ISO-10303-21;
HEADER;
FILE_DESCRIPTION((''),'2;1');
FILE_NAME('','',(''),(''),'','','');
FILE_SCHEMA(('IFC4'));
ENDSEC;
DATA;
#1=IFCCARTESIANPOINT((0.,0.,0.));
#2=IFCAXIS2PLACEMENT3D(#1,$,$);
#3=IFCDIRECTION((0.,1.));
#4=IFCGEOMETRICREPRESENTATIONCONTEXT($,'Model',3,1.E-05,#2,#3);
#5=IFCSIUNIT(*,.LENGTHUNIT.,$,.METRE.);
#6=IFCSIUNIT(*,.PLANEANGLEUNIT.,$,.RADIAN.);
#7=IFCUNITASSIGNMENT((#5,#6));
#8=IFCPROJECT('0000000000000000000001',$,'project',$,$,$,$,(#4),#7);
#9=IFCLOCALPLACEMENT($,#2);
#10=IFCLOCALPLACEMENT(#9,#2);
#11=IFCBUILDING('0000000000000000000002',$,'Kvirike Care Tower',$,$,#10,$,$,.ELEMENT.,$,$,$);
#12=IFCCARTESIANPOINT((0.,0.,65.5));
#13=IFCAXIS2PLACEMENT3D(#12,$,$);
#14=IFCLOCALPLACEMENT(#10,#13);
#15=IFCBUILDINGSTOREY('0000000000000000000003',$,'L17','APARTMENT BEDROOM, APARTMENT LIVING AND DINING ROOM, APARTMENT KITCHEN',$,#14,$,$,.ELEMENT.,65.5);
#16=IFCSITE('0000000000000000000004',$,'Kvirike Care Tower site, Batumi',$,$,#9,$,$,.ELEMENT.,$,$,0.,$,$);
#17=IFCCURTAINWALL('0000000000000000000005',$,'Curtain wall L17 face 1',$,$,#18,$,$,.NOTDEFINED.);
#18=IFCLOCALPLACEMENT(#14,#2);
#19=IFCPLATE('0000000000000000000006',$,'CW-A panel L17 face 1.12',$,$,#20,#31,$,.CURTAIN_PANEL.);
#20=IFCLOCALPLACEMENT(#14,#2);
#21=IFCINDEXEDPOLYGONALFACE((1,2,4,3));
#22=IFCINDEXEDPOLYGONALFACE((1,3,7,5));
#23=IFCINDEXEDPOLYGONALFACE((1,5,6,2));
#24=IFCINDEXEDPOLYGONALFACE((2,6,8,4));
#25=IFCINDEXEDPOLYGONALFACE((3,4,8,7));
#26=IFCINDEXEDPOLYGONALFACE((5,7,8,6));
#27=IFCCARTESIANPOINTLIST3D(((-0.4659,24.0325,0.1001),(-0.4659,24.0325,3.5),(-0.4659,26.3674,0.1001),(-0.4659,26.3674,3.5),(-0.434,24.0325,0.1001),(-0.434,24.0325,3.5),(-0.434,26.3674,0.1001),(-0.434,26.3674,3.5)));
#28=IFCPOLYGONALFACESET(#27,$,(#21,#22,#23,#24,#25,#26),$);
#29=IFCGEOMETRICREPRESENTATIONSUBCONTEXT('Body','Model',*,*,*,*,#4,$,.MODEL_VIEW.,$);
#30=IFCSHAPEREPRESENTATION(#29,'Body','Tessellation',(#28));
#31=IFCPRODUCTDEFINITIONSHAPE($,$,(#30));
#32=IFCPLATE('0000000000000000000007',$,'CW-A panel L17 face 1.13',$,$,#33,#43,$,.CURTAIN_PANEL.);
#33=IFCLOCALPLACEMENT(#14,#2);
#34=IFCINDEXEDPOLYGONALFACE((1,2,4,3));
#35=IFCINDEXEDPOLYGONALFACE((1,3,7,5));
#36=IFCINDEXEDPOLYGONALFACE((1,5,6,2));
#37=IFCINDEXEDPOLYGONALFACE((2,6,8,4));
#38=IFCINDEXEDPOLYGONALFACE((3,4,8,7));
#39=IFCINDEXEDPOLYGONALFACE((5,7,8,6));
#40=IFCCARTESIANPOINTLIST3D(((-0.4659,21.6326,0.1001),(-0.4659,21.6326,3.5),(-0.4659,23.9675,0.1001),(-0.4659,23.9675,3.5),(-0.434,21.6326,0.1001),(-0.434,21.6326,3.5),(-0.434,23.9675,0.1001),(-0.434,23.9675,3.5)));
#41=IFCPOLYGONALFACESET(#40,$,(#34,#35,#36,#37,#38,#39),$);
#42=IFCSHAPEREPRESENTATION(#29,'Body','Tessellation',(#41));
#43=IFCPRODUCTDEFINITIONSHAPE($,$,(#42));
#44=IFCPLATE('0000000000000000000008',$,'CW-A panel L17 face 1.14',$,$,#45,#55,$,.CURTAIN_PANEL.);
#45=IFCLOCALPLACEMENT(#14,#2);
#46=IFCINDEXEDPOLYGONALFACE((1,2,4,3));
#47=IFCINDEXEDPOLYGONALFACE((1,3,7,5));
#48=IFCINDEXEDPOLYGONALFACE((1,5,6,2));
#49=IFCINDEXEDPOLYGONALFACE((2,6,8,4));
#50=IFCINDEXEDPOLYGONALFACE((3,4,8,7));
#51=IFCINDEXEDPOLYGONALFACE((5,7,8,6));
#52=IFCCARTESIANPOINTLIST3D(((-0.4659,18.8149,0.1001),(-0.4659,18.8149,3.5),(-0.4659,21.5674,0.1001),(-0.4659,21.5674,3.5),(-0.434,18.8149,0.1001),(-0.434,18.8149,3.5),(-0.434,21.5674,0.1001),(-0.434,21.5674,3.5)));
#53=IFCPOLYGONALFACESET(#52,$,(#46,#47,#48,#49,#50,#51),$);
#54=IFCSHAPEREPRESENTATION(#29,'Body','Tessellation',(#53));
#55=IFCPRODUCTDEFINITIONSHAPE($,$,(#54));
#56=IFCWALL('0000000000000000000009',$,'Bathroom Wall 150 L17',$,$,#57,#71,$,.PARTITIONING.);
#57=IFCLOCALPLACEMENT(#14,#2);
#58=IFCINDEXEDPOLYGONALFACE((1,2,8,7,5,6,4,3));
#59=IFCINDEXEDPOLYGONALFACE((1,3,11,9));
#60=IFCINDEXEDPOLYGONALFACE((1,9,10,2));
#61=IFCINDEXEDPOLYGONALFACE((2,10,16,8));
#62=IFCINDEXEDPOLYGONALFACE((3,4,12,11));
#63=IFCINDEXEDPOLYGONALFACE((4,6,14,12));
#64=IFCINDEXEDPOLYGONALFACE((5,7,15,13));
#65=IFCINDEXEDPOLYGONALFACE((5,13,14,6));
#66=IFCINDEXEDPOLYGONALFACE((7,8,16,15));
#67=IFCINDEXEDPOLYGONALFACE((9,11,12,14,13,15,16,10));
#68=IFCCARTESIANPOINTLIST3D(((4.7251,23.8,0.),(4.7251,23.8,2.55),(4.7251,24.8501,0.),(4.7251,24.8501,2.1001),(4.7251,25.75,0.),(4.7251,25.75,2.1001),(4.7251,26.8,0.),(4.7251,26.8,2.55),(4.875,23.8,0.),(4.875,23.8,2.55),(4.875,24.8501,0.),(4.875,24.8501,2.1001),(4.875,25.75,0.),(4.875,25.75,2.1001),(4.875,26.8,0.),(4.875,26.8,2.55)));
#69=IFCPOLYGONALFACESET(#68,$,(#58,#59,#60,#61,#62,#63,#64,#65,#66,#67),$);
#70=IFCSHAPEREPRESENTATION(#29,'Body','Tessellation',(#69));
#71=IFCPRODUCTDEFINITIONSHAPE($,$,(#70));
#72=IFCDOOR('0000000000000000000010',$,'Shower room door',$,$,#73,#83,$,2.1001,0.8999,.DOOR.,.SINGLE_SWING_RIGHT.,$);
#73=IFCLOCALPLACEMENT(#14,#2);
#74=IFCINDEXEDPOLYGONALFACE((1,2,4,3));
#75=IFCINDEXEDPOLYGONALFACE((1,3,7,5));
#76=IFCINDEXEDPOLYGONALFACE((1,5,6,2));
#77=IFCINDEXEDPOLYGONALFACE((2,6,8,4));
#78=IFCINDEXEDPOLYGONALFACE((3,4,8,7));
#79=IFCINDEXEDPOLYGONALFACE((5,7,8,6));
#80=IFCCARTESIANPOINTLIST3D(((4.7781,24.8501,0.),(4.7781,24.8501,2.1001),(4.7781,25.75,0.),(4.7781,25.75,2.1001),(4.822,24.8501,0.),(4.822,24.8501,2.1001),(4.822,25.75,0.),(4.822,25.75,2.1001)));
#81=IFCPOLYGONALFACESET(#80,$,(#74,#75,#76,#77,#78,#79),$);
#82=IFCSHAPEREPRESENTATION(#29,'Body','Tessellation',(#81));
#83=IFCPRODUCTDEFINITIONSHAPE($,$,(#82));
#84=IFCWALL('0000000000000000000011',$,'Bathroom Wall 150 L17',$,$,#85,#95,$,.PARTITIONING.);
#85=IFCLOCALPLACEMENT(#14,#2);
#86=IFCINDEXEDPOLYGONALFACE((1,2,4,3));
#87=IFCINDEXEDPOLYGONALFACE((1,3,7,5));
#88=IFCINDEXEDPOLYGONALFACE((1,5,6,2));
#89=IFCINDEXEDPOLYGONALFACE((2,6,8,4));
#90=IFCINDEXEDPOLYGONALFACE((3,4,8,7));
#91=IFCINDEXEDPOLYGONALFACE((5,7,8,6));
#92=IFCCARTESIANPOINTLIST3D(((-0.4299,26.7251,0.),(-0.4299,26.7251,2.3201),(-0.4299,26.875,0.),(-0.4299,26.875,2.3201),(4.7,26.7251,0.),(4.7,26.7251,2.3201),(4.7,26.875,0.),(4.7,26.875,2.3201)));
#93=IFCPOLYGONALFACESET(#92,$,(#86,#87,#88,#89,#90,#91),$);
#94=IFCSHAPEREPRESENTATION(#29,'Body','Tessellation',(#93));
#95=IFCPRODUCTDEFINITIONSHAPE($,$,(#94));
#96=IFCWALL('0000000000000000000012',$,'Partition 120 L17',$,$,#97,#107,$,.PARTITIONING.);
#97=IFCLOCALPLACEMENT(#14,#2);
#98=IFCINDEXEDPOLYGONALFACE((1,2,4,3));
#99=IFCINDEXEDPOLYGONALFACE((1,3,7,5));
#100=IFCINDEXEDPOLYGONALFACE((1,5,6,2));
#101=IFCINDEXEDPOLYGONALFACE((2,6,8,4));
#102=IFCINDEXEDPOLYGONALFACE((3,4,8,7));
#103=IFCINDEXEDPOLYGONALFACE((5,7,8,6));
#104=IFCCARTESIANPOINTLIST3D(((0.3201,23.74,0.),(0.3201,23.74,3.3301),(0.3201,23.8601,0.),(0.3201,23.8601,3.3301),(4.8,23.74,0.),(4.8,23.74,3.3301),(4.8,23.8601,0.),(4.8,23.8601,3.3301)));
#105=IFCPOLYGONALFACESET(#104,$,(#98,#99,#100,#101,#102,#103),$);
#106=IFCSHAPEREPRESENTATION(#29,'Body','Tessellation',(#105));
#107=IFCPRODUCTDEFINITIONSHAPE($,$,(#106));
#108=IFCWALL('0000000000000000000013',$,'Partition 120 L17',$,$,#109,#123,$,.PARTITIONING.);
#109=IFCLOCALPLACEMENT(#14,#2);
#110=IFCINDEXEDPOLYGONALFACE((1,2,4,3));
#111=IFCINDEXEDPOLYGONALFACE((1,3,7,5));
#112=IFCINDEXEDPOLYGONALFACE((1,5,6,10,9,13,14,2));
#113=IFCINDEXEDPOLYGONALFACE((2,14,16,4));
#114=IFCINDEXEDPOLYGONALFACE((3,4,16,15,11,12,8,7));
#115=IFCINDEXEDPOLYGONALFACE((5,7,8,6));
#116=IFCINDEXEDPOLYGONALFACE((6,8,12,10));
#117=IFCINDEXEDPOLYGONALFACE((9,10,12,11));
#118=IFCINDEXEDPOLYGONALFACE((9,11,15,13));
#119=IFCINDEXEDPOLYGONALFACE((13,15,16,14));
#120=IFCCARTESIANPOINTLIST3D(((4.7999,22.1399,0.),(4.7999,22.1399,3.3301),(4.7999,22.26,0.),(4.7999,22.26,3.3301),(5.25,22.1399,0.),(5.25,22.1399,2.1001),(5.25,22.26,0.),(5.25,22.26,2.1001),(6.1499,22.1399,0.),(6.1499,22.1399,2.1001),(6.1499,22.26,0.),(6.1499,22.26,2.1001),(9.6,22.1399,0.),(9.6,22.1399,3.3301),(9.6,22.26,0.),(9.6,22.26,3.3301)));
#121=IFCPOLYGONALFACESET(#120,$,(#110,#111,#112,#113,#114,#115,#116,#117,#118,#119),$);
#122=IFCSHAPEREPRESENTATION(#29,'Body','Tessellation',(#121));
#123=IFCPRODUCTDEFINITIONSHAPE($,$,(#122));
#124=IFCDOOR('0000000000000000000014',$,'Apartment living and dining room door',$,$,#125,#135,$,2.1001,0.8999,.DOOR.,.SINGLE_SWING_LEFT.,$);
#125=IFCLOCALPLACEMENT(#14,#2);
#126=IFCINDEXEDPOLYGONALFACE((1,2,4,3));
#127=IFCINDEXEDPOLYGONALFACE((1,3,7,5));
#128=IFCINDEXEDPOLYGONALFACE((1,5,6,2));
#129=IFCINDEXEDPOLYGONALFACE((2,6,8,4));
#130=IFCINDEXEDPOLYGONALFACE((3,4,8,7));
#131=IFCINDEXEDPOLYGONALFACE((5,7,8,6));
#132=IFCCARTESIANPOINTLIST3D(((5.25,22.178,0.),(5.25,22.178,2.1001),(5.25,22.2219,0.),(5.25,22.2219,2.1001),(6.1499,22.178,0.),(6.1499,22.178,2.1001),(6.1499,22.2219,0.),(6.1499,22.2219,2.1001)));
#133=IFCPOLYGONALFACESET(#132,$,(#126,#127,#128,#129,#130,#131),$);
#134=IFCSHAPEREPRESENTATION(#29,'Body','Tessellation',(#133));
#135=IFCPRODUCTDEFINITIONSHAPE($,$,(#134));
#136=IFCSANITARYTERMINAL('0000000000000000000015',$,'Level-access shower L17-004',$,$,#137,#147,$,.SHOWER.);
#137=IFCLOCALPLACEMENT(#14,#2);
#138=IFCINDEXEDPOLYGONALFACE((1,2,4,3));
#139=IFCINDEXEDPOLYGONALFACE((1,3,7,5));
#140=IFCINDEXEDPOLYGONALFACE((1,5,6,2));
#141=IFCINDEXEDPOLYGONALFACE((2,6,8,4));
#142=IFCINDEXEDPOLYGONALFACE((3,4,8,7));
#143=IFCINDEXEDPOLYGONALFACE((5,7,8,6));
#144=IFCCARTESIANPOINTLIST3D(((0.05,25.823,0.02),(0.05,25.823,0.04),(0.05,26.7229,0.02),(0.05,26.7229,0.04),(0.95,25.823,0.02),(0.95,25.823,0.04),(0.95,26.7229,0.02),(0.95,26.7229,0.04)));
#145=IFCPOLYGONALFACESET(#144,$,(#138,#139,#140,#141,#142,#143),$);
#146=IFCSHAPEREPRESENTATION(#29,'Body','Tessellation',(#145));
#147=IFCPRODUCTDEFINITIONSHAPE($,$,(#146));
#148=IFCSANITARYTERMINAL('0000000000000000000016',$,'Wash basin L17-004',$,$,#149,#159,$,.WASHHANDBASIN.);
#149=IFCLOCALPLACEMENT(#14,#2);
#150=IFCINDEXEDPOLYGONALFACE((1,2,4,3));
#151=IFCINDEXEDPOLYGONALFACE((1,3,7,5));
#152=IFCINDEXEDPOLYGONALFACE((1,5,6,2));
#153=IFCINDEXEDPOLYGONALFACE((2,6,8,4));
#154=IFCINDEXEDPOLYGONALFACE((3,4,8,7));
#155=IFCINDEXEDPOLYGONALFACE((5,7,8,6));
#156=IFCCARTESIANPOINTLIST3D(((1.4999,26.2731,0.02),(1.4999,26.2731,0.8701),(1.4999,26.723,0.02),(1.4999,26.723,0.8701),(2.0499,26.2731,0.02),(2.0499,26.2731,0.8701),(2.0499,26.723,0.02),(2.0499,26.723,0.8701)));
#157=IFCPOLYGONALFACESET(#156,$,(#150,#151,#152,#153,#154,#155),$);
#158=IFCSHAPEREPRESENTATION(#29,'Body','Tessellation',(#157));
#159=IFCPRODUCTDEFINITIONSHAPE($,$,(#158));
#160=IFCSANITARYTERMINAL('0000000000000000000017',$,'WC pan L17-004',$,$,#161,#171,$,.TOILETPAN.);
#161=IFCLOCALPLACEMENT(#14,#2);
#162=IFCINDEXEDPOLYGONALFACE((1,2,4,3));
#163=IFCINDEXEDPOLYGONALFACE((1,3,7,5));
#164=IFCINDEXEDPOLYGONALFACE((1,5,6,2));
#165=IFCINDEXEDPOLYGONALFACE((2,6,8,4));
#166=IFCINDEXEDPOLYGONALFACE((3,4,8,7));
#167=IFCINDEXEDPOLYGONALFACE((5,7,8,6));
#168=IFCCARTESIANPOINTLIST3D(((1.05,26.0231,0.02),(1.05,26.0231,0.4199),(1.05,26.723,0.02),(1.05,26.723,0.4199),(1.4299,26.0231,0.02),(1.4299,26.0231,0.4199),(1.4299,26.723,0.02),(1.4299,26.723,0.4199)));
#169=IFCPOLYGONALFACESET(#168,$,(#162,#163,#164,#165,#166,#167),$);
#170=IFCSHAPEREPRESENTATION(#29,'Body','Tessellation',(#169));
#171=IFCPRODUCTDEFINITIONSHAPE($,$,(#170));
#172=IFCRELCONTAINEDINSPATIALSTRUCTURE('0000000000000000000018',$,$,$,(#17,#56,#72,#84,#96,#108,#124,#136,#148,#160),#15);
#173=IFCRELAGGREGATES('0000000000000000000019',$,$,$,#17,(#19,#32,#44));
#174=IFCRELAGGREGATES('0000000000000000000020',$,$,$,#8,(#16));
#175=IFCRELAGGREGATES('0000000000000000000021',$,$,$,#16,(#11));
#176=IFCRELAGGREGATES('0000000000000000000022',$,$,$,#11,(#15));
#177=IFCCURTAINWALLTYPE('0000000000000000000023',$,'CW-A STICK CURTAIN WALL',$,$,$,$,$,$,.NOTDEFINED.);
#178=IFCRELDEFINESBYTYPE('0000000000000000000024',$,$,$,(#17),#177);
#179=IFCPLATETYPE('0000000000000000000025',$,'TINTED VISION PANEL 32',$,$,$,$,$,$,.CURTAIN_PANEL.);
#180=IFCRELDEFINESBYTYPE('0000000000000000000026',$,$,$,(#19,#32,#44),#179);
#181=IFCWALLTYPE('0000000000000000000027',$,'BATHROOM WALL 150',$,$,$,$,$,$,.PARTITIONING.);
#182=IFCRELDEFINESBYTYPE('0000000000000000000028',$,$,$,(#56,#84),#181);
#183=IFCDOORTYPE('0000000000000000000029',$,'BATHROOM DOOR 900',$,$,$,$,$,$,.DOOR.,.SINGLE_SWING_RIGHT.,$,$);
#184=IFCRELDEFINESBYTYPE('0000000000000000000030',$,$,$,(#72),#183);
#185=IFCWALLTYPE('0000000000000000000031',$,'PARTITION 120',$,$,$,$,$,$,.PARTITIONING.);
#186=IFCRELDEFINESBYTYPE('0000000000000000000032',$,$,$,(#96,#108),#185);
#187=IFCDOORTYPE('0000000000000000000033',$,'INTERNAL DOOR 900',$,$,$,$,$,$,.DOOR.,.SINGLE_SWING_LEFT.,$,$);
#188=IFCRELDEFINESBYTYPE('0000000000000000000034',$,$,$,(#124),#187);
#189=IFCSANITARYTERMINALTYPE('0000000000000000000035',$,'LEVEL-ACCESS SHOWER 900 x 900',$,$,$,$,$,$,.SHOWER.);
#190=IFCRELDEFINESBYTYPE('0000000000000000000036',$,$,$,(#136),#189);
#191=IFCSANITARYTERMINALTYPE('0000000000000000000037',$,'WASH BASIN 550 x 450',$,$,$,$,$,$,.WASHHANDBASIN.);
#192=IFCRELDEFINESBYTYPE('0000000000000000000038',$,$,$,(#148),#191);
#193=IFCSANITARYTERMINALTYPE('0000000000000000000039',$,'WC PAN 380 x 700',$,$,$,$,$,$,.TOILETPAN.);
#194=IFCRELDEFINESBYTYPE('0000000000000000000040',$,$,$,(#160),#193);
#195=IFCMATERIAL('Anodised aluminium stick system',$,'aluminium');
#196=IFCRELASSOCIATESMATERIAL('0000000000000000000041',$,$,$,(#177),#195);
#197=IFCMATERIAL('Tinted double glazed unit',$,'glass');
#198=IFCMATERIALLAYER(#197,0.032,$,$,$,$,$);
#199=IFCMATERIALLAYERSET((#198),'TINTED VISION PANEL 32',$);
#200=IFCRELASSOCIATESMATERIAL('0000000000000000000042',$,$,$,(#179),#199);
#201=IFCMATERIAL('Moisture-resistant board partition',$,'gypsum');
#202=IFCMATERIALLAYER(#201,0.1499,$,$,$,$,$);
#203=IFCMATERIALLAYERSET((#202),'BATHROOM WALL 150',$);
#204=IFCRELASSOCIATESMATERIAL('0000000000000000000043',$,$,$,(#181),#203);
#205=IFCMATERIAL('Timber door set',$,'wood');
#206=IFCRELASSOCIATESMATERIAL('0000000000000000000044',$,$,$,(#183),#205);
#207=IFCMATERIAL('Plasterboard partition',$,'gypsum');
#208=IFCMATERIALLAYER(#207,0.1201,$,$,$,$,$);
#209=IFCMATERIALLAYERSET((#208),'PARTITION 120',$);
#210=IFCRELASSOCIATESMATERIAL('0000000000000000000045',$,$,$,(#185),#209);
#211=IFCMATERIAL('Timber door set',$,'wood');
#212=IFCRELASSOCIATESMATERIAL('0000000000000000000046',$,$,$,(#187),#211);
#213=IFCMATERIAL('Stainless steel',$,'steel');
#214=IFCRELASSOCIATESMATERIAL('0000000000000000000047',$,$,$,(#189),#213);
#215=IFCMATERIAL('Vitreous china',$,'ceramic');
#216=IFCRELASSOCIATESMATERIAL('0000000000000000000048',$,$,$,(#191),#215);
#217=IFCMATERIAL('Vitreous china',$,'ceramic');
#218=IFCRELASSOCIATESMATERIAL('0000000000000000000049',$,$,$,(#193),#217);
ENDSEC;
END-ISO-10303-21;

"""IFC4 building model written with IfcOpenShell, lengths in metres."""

from ifc_helpers import new_model, si_unit, direction, frame, frame_2d, origin, origin_2d, place, context, subcontext, project, spatial, rectangle, extrude, material, layer, layer_set, type_object, element, fill, aggregate, save


model = new_model("IFC4")

# Units and contexts
model_context = context("Model", 3, precision=1e-05, world=origin(), true_north=direction((0.0, 1.0)))
body_context = subcontext(model_context, "Body", "Model", "MODEL_VIEW")
ifc_project = project(units=[si_unit("LENGTHUNIT", "METRE"), si_unit("PLANEANGLEUNIT", "RADIAN")], contexts=[model_context])

# Site, building, storey
site_placement = place(None, origin())
site = spatial("IfcSite", under=ifc_project, at=site_placement, Name="Kvirike Care Tower site, Batumi", CompositionType="ELEMENT", RefElevation=0.0)
building_placement = place(site_placement, origin())
building = spatial("IfcBuilding", under=site, at=building_placement, Name="Kvirike Care Tower", CompositionType="ELEMENT")
storey_placement = place(building_placement, frame((0.0, 0.0, 65.5)))
storey = spatial("IfcBuildingStorey", under=building, at=storey_placement, Name="L17", Description="APARTMENT BEDROOM, APARTMENT LIVING AND DINING ROOM, APARTMENT KITCHEN", CompositionType="ELEMENT", Elevation=65.5)

# Curtain wall
ifc_material_1 = material(Name="Anodised aluminium stick system", Category="aluminium")
curtain_wall_type = type_object("IfcCurtainWallType", Name="CW-A STICK CURTAIN WALL", PredefinedType="NOTDEFINED", material=ifc_material_1)
curtain_wall_placement = place(storey_placement, origin())
curtain_wall = element("IfcCurtainWall", 1, at=curtain_wall_placement, inside=storey, type_object=curtain_wall_type, Name="Curtain wall L17 face 1", PredefinedType="NOTDEFINED")

# Plates
ifc_material_2 = material(Name="Tinted double glazed unit", Category="glass")
ifc_layer_1 = layer(ifc_material_2, 0.032)
ifc_layer_set_1 = layer_set([ifc_layer_1], Name="TINTED VISION PANEL 32")
plate_type = type_object("IfcPlateType", Name="TINTED VISION PANEL 32", PredefinedType="CURTAIN_PANEL", material=ifc_layer_set_1)
plate_1_placement = place(storey_placement, frame((-0.45, 25.2, 0.1001), z_axis=(0.0, 0.0, 1.0), x_axis=(0.0, -1.0, 0.0)))
plate_1 = element("IfcPlate", 2, at=plate_1_placement, type_object=plate_type, Name="CW-A panel L17 face 1.12", PredefinedType="CURTAIN_PANEL", context=body_context, shape_type="SweptSolid", body=[
    extrude(rectangle(XDim=2.335, YDim=0.032, at=origin_2d()), origin(), (0.0, 0.0, 1.0), 3.3999),
])
plate_2_placement = place(storey_placement, frame((-0.45, 22.8, 0.1001), z_axis=(0.0, 0.0, 1.0), x_axis=(0.0, -1.0, 0.0)))
plate_2 = element("IfcPlate", 3, at=plate_2_placement, type_object=plate_type, Name="CW-A panel L17 face 1.13", PredefinedType="CURTAIN_PANEL", context=body_context, shape_type="SweptSolid", body=[
    extrude(rectangle(XDim=2.335, YDim=0.032, at=origin_2d()), origin(), (0.0, 0.0, 1.0), 3.3999),
])
plate_3_placement = place(storey_placement, frame((-0.45, 20.1912, 0.1001), z_axis=(0.0, 0.0, 1.0), x_axis=(0.0, -1.0, 0.0)))
plate_3 = element("IfcPlate", 4, at=plate_3_placement, type_object=plate_type, Name="CW-A panel L17 face 1.14", PredefinedType="CURTAIN_PANEL", context=body_context, shape_type="SweptSolid", body=[
    extrude(rectangle(XDim=2.7524, YDim=0.032, at=origin_2d()), origin(), (0.0, 0.0, 1.0), 3.3999),
])
aggregate(curtain_wall, [plate_1, plate_2, plate_3])

# Wall, opening, door
ifc_material_3 = material(Name="Moisture-resistant board partition", Category="gypsum")
ifc_layer_2 = layer(ifc_material_3, 0.1499)
ifc_layer_set_2 = layer_set([ifc_layer_2], Name="BATHROOM WALL 150")
wall_type_1 = type_object("IfcWallType", Name="BATHROOM WALL 150", PredefinedType="PARTITIONING", material=ifc_layer_set_2)
wall_1_placement = place(storey_placement, frame((4.8, 23.8, 0.0), z_axis=(0.0, 0.0, 1.0), x_axis=(0.0, 1.0, 0.0)))
wall_1 = element("IfcWall", 5, at=wall_1_placement, inside=storey, type_object=wall_type_1, Name="Bathroom Wall 150 L17", PredefinedType="PARTITIONING", context=body_context, shape_type="SweptSolid", body=[
    extrude(rectangle(XDim=3.0, YDim=0.1499, at=frame_2d((1.5, 0.0))), origin(), (0.0, 0.0, 1.0), 2.55),
])
opening_1_placement = place(wall_1_placement, frame((1.05, 0.0, 0.0)))
opening_1 = element("IfcOpeningElement", 6, at=opening_1_placement, cuts=wall_1, PredefinedType="OPENING", context=body_context, shape_type="SweptSolid", body=[
    extrude(rectangle(XDim=0.8999, YDim=2.1001, at=frame_2d((0.45, 1.05))), frame((0.0, 0.0854, 0.0), z_axis=(0.0, -1.0, 0.0), x_axis=(1.0, 0.0, 0.0)), (0.0, 0.0, 1.0), 0.1709),
])
ifc_material_4 = material(Name="Timber door set", Category="wood")
door_type_1 = type_object("IfcDoorType", Name="BATHROOM DOOR 900", OperationType="SINGLE_SWING_RIGHT", PredefinedType="DOOR", material=ifc_material_4)
door_1_placement = place(opening_1_placement, origin())
door_1 = element("IfcDoor", 7, at=door_1_placement, inside=storey, type_object=door_type_1, Name="Shower room door", OperationType="SINGLE_SWING_RIGHT", OverallHeight=2.1001, OverallWidth=0.8999, PredefinedType="DOOR", context=body_context, shape_type="SweptSolid", body=[
    extrude(rectangle(XDim=0.8999, YDim=2.1001, at=frame_2d((0.45, 1.05))), frame((0.0, 0.022, 0.0), z_axis=(0.0, -1.0, 0.0), x_axis=(1.0, 0.0, 0.0)), (0.0, 0.0, 1.0), 0.0439),
])
fill(opening_1, door_1)

# Walls
wall_2_placement = place(storey_placement, frame((-0.4299, 26.8, 0.0), z_axis=(0.0, 0.0, 1.0), x_axis=(1.0, 0.0, 0.0)))
element("IfcWall", 8, at=wall_2_placement, inside=storey, type_object=wall_type_1, Name="Bathroom Wall 150 L17", PredefinedType="PARTITIONING", context=body_context, shape_type="SweptSolid", body=[
    extrude(rectangle(XDim=5.1299, YDim=0.1499, at=frame_2d((2.5649, 0.0))), origin(), (0.0, 0.0, 1.0), 2.3201),
])
ifc_material_5 = material(Name="Plasterboard partition", Category="gypsum")
ifc_layer_3 = layer(ifc_material_5, 0.1201)
ifc_layer_set_3 = layer_set([ifc_layer_3], Name="PARTITION 120")
wall_type_2 = type_object("IfcWallType", Name="PARTITION 120", PredefinedType="PARTITIONING", material=ifc_layer_set_3)
wall_3_placement = place(storey_placement, frame((0.3201, 23.8, 0.0), z_axis=(0.0, 0.0, 1.0), x_axis=(1.0, 0.0, 0.0)))
element("IfcWall", 9, at=wall_3_placement, inside=storey, type_object=wall_type_2, Name="Partition 120 L17", PredefinedType="PARTITIONING", context=body_context, shape_type="SweptSolid", body=[
    extrude(rectangle(XDim=4.48, YDim=0.1201, at=frame_2d((2.24, 0.0))), origin(), (0.0, 0.0, 1.0), 3.3301),
])

# Wall, opening, door
wall_4_placement = place(storey_placement, frame((4.8, 22.2, 0.0), z_axis=(0.0, 0.0, 1.0), x_axis=(1.0, 0.0, 0.0)))
wall_4 = element("IfcWall", 10, at=wall_4_placement, inside=storey, type_object=wall_type_2, Name="Partition 120 L17", PredefinedType="PARTITIONING", context=body_context, shape_type="SweptSolid", body=[
    extrude(rectangle(XDim=4.8, YDim=0.1201, at=frame_2d((2.3999, 0.0))), origin(), (0.0, 0.0, 1.0), 3.3301),
])
opening_2_placement = place(wall_4_placement, frame((0.45, 0.0, 0.0)))
opening_2 = element("IfcOpeningElement", 11, at=opening_2_placement, cuts=wall_4, PredefinedType="OPENING", context=body_context, shape_type="SweptSolid", body=[
    extrude(rectangle(XDim=0.8999, YDim=2.1001, at=frame_2d((0.45, 1.05))), frame((0.0, 0.0706, 0.0), z_axis=(0.0, -1.0, 0.0), x_axis=(1.0, 0.0, 0.0)), (0.0, 0.0, 1.0), 0.1411),
])
ifc_material_6 = material(Name="Timber door set", Category="wood")
door_type_2 = type_object("IfcDoorType", Name="INTERNAL DOOR 900", OperationType="SINGLE_SWING_LEFT", PredefinedType="DOOR", material=ifc_material_6)
door_2_placement = place(opening_2_placement, origin())
door_2 = element("IfcDoor", 12, at=door_2_placement, inside=storey, type_object=door_type_2, Name="Apartment living and dining room door", OperationType="SINGLE_SWING_LEFT", OverallHeight=2.1001, OverallWidth=0.8999, PredefinedType="DOOR", context=body_context, shape_type="SweptSolid", body=[
    extrude(rectangle(XDim=0.8999, YDim=2.1001, at=frame_2d((0.45, 1.05))), frame((0.0, 0.022, 0.0), z_axis=(0.0, -1.0, 0.0), x_axis=(1.0, 0.0, 0.0)), (0.0, 0.0, 1.0), 0.0439),
])
fill(opening_2, door_2)

# Sanitary terminals
ifc_material_7 = material(Name="Stainless steel", Category="steel")
sanitary_terminal_type_1 = type_object("IfcSanitaryTerminalType", Name="LEVEL-ACCESS SHOWER 900 x 900", PredefinedType="SHOWER", material=ifc_material_7)
sanitary_terminal_1_placement = place(storey_placement, frame((0.5, 26.2729, 0.02), z_axis=(0.0, 0.0, 1.0), x_axis=(1.0, 0.0, 0.0)))
element("IfcSanitaryTerminal", 13, at=sanitary_terminal_1_placement, inside=storey, type_object=sanitary_terminal_type_1, Name="Level-access shower L17-004", PredefinedType="SHOWER", context=body_context, shape_type="SweptSolid", body=[
    extrude(rectangle(XDim=0.8999, YDim=0.8999, at=origin_2d()), origin(), (0.0, 0.0, 1.0), 0.02),
])
ifc_material_8 = material(Name="Vitreous china", Category="ceramic")
sanitary_terminal_type_2 = type_object("IfcSanitaryTerminalType", Name="WASH BASIN 550 x 450", PredefinedType="WASHHANDBASIN", material=ifc_material_8)
sanitary_terminal_2_placement = place(storey_placement, frame((1.7749, 26.498, 0.02), z_axis=(0.0, 0.0, 1.0), x_axis=(1.0, 0.0, 0.0)))
element("IfcSanitaryTerminal", 14, at=sanitary_terminal_2_placement, inside=storey, type_object=sanitary_terminal_type_2, Name="Wash basin L17-004", PredefinedType="WASHHANDBASIN", context=body_context, shape_type="SweptSolid", body=[
    extrude(rectangle(XDim=0.55, YDim=0.45, at=origin_2d()), origin(), (0.0, 0.0, 1.0), 0.8501),
])
ifc_material_9 = material(Name="Vitreous china", Category="ceramic")
sanitary_terminal_type_3 = type_object("IfcSanitaryTerminalType", Name="WC PAN 380 x 700", PredefinedType="TOILETPAN", material=ifc_material_9)
sanitary_terminal_3_placement = place(storey_placement, frame((1.24, 26.373, 0.02), z_axis=(0.0, 0.0, 1.0), x_axis=(1.0, 0.0, 0.0)))
element("IfcSanitaryTerminal", 15, at=sanitary_terminal_3_placement, inside=storey, type_object=sanitary_terminal_type_3, Name="WC pan L17-004", PredefinedType="TOILETPAN", context=body_context, shape_type="SweptSolid", body=[
    extrude(rectangle(XDim=0.3799, YDim=0.7, at=origin_2d()), origin(), (0.0, 0.0, 1.0), 0.3999),
])

save(model, "model.ifc")
